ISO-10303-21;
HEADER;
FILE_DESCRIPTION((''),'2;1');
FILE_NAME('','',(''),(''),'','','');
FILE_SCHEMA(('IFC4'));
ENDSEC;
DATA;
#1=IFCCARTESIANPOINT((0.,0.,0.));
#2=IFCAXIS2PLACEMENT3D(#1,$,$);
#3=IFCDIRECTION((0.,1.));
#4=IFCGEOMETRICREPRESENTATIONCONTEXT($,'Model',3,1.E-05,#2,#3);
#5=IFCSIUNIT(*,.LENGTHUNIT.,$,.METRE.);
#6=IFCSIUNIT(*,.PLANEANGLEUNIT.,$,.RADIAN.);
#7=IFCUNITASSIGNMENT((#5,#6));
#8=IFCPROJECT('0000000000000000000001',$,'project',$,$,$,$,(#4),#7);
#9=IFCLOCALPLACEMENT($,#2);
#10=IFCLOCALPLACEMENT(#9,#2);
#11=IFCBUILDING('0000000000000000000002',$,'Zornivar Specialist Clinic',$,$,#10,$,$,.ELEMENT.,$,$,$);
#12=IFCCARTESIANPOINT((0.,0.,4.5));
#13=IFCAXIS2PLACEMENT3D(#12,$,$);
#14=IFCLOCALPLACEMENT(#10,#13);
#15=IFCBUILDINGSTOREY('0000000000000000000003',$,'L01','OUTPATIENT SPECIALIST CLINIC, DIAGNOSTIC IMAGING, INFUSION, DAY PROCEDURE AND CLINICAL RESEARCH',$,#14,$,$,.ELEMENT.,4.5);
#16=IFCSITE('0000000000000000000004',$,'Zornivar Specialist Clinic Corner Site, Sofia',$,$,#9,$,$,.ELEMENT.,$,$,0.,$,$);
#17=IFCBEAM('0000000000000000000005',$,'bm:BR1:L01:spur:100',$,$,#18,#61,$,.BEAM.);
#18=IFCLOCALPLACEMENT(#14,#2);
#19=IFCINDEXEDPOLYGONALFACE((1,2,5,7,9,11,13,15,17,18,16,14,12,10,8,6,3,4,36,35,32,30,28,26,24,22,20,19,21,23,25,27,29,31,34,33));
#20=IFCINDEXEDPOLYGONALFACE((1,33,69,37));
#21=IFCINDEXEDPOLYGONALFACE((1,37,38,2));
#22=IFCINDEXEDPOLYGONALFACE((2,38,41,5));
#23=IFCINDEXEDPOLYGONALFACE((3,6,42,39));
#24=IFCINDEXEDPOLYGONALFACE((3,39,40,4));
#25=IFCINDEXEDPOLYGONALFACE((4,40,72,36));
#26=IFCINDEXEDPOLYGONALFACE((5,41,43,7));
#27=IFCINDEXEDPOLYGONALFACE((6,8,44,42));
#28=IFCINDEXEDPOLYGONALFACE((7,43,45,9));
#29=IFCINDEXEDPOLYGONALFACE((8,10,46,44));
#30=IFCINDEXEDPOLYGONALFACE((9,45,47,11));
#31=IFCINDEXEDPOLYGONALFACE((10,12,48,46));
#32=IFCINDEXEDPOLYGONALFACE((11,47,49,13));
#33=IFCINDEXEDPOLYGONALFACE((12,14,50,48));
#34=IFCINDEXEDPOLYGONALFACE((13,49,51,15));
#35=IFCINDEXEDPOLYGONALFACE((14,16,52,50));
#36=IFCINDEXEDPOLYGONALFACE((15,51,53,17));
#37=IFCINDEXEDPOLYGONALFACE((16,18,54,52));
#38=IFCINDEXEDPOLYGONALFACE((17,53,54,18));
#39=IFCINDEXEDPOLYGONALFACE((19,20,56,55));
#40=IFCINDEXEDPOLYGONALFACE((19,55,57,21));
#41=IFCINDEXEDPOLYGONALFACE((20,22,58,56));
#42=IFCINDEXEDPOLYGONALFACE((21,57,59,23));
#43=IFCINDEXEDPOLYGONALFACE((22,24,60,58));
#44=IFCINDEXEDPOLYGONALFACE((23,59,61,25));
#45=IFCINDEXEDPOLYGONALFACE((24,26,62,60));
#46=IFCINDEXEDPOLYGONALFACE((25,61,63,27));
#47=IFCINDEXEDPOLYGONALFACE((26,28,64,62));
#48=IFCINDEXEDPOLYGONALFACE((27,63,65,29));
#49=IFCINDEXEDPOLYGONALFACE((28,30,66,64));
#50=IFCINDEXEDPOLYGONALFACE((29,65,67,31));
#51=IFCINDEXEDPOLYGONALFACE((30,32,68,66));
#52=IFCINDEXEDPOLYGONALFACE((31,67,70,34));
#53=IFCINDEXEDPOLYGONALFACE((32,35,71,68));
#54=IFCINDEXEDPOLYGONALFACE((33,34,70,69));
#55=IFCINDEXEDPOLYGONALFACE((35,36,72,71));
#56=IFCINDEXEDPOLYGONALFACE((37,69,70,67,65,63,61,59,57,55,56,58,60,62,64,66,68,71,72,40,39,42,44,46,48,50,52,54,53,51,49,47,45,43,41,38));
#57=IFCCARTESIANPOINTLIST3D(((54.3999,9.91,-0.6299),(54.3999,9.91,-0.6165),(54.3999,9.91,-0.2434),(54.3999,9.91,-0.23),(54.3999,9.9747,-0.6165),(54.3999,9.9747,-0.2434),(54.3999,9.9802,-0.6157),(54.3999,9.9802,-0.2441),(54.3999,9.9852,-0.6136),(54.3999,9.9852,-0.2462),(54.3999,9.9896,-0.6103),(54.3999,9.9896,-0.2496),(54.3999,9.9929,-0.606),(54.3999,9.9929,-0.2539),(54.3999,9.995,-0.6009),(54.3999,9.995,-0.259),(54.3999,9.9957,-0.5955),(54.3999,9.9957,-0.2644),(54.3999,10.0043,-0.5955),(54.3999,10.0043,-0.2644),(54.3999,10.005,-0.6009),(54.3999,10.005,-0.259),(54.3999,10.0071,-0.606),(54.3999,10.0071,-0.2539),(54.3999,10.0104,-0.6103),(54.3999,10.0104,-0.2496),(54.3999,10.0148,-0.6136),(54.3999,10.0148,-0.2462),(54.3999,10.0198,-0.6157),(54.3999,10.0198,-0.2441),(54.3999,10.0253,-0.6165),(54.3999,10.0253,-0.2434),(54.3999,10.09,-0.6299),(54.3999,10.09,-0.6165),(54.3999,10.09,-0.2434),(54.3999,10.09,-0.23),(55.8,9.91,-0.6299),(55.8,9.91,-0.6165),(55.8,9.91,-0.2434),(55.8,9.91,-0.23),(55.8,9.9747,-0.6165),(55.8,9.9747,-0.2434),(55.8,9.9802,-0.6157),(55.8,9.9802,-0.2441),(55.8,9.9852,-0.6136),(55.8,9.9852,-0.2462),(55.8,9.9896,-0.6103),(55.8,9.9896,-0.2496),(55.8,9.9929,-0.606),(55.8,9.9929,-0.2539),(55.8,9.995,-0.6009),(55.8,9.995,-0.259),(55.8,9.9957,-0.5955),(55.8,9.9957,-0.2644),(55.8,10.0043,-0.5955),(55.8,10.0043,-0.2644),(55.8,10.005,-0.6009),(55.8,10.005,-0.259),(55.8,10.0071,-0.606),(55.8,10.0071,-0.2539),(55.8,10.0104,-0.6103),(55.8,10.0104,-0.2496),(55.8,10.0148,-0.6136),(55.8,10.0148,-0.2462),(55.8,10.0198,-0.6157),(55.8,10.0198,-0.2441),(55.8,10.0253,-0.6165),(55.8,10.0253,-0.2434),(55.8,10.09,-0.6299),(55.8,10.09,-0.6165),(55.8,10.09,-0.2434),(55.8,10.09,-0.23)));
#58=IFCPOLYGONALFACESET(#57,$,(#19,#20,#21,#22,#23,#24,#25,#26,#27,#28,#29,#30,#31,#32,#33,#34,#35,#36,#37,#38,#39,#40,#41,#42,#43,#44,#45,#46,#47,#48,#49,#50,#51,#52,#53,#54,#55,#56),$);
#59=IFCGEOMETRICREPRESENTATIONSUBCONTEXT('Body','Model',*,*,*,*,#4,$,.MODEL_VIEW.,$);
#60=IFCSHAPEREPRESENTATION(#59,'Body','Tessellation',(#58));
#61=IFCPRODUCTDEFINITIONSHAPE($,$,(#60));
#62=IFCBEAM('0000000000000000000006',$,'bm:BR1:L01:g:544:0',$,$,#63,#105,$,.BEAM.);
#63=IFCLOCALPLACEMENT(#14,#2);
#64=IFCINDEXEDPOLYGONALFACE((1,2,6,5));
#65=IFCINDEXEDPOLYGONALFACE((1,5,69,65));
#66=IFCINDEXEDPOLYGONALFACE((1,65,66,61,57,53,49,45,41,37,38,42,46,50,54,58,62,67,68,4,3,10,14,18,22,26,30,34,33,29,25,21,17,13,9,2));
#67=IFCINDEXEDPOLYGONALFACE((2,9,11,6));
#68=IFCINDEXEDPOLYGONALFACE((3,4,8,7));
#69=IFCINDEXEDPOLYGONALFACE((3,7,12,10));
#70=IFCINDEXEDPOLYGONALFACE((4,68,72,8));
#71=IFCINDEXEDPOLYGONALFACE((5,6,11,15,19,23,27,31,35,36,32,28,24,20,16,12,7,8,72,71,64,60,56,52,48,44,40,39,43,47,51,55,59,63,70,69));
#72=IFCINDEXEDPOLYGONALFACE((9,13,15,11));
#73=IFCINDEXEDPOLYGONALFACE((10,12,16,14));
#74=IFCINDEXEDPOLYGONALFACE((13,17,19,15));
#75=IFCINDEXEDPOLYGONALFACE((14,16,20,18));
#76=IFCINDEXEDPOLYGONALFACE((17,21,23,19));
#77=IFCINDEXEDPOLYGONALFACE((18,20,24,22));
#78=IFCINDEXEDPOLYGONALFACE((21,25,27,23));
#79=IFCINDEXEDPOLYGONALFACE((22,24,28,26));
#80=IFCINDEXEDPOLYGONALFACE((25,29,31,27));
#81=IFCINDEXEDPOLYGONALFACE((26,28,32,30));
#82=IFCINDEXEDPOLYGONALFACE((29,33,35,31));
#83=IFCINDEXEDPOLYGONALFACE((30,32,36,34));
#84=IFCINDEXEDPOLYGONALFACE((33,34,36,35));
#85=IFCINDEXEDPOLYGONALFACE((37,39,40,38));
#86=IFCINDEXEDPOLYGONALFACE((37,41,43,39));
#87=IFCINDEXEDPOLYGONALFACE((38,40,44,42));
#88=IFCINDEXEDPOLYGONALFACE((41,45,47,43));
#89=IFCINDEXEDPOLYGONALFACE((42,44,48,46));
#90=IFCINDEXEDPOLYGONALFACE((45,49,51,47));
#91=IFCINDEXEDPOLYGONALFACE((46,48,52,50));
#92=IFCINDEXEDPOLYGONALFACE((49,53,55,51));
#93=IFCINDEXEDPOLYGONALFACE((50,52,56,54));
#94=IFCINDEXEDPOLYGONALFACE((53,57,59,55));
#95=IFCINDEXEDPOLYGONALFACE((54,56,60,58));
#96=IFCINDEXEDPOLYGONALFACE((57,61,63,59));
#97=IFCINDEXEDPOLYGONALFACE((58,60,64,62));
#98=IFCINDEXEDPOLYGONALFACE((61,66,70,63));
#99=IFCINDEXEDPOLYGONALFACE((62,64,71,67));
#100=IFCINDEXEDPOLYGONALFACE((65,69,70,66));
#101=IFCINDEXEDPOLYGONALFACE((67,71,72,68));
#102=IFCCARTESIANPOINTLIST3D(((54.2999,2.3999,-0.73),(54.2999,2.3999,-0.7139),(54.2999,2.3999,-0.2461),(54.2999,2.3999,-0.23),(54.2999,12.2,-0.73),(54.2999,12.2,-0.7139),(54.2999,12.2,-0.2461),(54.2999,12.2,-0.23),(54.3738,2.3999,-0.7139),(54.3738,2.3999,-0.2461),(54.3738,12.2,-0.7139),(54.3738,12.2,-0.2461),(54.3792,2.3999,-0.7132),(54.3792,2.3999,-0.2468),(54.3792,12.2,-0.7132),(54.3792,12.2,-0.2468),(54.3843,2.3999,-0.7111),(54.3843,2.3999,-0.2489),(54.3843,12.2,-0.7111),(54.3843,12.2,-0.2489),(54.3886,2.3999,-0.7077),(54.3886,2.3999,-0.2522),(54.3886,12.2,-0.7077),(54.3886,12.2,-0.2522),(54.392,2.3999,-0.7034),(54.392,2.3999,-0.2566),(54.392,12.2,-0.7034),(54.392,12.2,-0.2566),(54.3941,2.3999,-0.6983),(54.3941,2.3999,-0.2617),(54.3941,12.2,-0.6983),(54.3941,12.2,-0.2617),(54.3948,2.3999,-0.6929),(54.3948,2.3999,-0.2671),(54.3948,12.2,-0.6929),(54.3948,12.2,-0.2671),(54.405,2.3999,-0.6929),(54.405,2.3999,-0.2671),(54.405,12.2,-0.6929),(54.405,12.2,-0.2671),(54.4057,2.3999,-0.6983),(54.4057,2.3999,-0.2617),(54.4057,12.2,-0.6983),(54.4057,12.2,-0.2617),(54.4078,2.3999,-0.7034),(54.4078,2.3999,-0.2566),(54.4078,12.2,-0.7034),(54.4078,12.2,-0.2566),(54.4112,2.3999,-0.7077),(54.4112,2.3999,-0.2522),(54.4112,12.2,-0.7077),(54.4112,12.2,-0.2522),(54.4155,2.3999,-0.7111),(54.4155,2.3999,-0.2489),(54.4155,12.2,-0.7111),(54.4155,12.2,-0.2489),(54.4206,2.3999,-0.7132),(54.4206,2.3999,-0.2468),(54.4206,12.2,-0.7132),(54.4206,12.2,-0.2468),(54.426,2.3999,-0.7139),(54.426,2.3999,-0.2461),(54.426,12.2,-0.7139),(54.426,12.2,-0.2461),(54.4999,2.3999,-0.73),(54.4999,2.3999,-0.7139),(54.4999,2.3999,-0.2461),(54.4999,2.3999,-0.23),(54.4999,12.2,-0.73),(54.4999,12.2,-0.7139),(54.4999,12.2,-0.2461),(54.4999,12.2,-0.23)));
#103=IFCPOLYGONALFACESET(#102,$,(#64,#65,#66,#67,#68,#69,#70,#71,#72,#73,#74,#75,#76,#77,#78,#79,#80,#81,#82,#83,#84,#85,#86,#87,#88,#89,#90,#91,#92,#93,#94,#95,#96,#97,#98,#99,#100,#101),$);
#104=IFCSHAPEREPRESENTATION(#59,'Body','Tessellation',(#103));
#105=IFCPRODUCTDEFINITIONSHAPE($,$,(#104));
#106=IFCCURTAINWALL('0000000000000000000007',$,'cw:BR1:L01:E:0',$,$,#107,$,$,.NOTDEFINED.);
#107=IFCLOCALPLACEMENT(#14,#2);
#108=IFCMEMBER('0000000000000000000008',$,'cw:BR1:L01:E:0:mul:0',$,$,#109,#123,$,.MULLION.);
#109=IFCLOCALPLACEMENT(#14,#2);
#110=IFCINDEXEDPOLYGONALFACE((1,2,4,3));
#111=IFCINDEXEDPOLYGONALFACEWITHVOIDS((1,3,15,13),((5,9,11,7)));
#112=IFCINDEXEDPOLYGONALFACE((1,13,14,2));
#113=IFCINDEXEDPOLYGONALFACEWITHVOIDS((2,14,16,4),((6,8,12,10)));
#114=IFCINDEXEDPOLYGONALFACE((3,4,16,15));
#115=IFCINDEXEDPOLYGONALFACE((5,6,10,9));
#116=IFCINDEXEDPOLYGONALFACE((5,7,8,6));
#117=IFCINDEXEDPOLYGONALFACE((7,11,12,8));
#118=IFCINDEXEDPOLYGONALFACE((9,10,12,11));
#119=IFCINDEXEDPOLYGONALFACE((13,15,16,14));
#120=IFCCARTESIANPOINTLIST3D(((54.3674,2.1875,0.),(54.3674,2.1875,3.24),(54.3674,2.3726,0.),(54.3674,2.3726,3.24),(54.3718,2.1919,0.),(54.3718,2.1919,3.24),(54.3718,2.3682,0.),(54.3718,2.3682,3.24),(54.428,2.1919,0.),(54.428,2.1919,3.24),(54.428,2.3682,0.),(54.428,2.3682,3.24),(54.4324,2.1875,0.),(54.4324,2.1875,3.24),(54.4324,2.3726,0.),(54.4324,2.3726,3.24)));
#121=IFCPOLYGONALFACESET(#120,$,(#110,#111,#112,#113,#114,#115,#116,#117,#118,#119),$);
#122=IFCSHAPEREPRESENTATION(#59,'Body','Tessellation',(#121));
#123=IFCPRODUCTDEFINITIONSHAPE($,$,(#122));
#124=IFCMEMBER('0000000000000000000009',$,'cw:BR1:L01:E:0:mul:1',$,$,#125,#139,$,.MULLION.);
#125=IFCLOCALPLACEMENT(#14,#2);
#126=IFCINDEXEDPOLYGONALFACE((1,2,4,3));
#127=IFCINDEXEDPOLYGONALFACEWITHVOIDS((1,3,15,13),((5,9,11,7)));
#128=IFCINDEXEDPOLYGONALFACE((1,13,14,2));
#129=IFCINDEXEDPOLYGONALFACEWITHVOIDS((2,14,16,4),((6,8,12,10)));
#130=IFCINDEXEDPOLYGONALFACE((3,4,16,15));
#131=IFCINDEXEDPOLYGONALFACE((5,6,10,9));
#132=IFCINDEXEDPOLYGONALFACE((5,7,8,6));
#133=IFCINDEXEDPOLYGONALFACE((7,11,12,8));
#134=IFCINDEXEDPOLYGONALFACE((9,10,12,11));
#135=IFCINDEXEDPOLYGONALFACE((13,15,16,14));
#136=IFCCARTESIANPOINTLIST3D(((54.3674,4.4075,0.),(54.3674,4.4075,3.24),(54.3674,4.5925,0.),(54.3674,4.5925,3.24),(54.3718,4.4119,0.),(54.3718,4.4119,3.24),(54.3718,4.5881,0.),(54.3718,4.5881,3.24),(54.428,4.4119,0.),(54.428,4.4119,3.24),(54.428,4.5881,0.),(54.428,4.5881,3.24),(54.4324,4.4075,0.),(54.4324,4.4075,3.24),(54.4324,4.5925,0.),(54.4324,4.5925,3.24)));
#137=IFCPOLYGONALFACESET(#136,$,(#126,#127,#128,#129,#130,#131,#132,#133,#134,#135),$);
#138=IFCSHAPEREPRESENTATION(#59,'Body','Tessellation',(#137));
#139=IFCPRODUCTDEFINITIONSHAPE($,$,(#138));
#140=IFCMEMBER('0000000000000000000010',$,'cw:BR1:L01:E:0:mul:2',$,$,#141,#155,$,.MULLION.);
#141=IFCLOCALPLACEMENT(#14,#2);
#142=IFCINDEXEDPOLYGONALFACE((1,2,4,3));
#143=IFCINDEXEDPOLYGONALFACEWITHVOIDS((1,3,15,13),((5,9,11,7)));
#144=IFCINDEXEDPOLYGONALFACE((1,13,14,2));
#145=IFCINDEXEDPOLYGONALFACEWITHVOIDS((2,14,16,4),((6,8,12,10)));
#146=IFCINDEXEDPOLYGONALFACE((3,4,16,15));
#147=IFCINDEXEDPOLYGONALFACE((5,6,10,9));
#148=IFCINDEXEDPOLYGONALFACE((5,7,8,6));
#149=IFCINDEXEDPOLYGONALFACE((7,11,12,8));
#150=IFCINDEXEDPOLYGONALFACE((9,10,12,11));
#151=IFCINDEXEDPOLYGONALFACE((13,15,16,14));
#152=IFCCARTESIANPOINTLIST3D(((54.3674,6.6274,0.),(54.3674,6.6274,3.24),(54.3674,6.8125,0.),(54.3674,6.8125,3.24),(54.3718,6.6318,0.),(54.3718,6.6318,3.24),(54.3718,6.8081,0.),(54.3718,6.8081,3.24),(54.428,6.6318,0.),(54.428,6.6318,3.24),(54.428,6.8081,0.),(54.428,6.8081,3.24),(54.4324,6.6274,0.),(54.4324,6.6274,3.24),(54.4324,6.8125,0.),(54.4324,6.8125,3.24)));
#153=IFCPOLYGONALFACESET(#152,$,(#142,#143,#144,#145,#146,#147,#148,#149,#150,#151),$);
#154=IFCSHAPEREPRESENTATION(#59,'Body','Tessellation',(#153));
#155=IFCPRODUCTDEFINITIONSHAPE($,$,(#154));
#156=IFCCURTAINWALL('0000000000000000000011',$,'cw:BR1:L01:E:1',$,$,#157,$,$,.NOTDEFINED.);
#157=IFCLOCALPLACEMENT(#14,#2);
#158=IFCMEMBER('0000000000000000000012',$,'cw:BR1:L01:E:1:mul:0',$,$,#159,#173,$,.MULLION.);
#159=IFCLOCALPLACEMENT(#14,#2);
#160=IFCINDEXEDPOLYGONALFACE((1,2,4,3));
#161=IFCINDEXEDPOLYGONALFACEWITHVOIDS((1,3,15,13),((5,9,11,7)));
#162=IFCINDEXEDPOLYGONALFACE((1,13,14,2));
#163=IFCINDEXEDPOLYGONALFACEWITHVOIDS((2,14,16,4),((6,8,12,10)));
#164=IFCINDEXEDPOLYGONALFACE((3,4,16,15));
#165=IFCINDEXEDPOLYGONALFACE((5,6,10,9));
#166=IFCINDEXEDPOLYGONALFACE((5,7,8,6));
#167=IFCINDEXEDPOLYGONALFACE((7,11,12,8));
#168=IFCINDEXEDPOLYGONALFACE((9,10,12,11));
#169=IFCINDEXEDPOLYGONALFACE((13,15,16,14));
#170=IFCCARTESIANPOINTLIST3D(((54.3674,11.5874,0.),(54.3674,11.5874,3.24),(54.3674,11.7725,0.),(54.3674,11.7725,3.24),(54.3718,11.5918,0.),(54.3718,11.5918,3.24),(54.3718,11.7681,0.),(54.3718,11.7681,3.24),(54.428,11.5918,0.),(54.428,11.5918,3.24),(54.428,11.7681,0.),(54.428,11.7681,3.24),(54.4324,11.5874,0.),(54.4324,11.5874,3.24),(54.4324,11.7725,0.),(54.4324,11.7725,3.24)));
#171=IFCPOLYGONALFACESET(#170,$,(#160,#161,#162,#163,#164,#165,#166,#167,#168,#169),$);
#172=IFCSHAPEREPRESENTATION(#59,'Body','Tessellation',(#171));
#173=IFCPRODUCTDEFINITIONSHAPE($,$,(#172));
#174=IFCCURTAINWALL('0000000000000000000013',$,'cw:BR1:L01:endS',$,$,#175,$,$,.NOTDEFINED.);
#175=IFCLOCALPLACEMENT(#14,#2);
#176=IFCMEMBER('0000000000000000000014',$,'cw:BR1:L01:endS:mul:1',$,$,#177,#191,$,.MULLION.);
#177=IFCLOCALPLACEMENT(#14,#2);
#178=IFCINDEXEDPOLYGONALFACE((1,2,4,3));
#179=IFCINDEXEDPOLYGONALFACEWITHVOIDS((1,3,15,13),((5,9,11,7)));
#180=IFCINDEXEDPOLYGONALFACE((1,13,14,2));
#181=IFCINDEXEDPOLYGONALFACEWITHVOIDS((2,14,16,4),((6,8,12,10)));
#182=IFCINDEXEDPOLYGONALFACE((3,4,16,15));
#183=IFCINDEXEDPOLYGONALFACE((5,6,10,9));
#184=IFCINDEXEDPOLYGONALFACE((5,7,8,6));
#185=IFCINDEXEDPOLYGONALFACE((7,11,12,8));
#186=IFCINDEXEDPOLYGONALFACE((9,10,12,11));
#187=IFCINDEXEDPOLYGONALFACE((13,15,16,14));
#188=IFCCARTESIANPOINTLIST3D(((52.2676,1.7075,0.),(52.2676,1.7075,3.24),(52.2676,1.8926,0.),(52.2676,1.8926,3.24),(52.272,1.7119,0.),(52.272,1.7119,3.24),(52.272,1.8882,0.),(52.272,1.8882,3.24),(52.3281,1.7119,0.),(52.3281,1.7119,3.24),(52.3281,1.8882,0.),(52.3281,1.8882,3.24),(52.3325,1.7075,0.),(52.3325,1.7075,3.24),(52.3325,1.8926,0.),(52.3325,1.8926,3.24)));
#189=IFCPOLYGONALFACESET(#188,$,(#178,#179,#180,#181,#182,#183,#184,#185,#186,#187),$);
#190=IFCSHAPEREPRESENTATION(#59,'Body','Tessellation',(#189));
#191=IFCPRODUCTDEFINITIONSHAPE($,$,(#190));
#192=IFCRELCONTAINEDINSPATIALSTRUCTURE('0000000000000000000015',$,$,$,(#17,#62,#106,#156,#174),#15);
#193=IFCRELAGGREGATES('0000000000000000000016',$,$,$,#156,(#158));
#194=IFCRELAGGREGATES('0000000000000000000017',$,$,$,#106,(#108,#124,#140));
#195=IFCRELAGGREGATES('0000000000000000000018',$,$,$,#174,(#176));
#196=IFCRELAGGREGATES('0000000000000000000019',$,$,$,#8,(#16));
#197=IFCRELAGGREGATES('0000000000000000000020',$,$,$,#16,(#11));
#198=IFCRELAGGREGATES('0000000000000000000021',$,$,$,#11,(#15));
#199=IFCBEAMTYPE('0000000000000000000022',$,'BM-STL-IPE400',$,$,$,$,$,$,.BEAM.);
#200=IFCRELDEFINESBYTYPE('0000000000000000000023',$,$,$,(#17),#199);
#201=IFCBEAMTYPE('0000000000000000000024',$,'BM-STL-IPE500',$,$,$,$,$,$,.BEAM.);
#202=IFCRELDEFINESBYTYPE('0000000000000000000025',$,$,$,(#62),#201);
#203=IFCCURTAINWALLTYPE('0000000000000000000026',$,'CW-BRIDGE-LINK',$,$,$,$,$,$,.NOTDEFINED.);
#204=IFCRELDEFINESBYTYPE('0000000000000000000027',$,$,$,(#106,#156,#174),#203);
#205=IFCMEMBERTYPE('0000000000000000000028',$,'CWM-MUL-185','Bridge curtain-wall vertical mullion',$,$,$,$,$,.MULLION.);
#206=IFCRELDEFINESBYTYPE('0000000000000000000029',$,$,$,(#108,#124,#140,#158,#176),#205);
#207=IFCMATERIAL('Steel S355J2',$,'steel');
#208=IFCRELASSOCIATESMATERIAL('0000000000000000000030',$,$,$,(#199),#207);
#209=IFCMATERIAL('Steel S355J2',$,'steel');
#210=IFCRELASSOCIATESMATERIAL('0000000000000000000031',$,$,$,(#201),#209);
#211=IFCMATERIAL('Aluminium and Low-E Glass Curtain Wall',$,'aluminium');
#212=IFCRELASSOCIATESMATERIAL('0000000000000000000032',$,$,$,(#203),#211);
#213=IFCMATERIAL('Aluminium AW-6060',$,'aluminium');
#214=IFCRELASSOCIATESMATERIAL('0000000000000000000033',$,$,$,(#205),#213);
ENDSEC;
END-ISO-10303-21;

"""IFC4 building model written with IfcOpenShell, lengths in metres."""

from ifc_helpers import new_model, si_unit, direction, frame, origin, origin_2d, place, context, subcontext, project, spatial, hollow_rectangle, i_section, extrude, material, material_profile, profile_set, type_object, element, aggregate, save


model = new_model("IFC4")

# Units and contexts
model_context = context("Model", 3, precision=1e-05, world=origin(), true_north=direction((0.0, 1.0)))
body_context = subcontext(model_context, "Body", "Model", "MODEL_VIEW")
ifc_project = project(units=[si_unit("LENGTHUNIT", "METRE"), si_unit("PLANEANGLEUNIT", "RADIAN")], contexts=[model_context])

# Site, building, storey
site_placement = place(None, origin())
site = spatial("IfcSite", under=ifc_project, at=site_placement, Name="Zornivar Specialist Clinic Corner Site, Sofia", CompositionType="ELEMENT", RefElevation=0.0)
building_placement = place(site_placement, origin())
building = spatial("IfcBuilding", under=site, at=building_placement, Name="Zornivar Specialist Clinic", CompositionType="ELEMENT")
storey_placement = place(building_placement, frame((0.0, 0.0, 4.5)))
storey = spatial("IfcBuildingStorey", under=building, at=storey_placement, Name="L01", Description="OUTPATIENT SPECIALIST CLINIC, DIAGNOSTIC IMAGING, INFUSION, DAY PROCEDURE AND CLINICAL RESEARCH", CompositionType="ELEMENT", Elevation=4.5)

# Beams
ifc_material_1 = material(Name="Steel S355J2", Category="steel")
ifc_material_profile_1 = material_profile(ifc_material_1, i_section(OverallWidth=0.1799, OverallDepth=0.3999, WebThickness=0.0085, FlangeThickness=0.0134, FilletRadius=0.021, at=origin_2d()), Name="IPE 400")
ifc_profile_set_1 = profile_set([ifc_material_profile_1], Name="Steel S355J2")
beam_type_1 = type_object("IfcBeamType", Name="BM-STL-IPE400", PredefinedType="BEAM", material=ifc_profile_set_1)
for number, where, z_axis, x_axis, name in (
    (1, (54.3999, 10.0, -0.4299), (1.0, 0.0, 0.0), (0.0, 1.0, 0.0), "bm:BR1:L01:spur:100"),
):
    element("IfcBeam", number, at=place(storey_placement, frame(where, z_axis=z_axis, x_axis=x_axis)), inside=storey, type_object=beam_type_1, Name=name, PredefinedType="BEAM", context=body_context, shape_type="SweptSolid", body=[
        extrude(i_section(OverallWidth=0.1799, OverallDepth=0.3999, WebThickness=0.0085, FlangeThickness=0.0134, FilletRadius=0.021, at=origin_2d()), origin(), (0.0, 0.0, 1.0), 1.4001),
    ])
ifc_material_2 = material(Name="Steel S355J2", Category="steel")
ifc_material_profile_2 = material_profile(ifc_material_2, i_section(OverallWidth=0.2, OverallDepth=0.5, WebThickness=0.0103, FlangeThickness=0.0161, FilletRadius=0.021, at=origin_2d()), Name="IPE 500")
ifc_profile_set_2 = profile_set([ifc_material_profile_2], Name="Steel S355J2")
beam_type_2 = type_object("IfcBeamType", Name="BM-STL-IPE500", PredefinedType="BEAM", material=ifc_profile_set_2)
beam_1_placement = place(storey_placement, frame((54.3999, 2.3999, -0.48), z_axis=(0.0, 1.0, 0.0), x_axis=(-1.0, 0.0, 0.0)))
element("IfcBeam", 2, at=beam_1_placement, inside=storey, type_object=beam_type_2, Name="bm:BR1:L01:g:544:0", PredefinedType="BEAM", context=body_context, shape_type="SweptSolid", body=[
    extrude(i_section(OverallWidth=0.2, OverallDepth=0.5, WebThickness=0.0103, FlangeThickness=0.0161, FilletRadius=0.021, at=origin_2d()), origin(), (0.0, 0.0, 1.0), 9.8),
])

# Curtain wall, members
ifc_material_3 = material(Name="Aluminium and Low-E Glass Curtain Wall", Category="aluminium")
curtain_wall_type = type_object("IfcCurtainWallType", Name="CW-BRIDGE-LINK", PredefinedType="NOTDEFINED", material=ifc_material_3)
curtain_wall_1_placement = place(storey_placement, origin())
curtain_wall_1 = element("IfcCurtainWall", 3, at=curtain_wall_1_placement, inside=storey, type_object=curtain_wall_type, Name="cw:BR1:L01:E:0", PredefinedType="NOTDEFINED")
ifc_material_4 = material(Name="Aluminium AW-6060", Category="aluminium")
ifc_material_profile_3 = material_profile(ifc_material_4, hollow_rectangle(XDim=0.0649, YDim=0.1851, WallThickness=0.0044, at=origin_2d()), Name="ALU 65x185x4.5")
ifc_profile_set_3 = profile_set([ifc_material_profile_3], Name="Aluminium AW-6060")
member_type_1 = type_object("IfcMemberType", Name="CWM-MUL-185", Description="Bridge curtain-wall vertical mullion", PredefinedType="MULLION", material=ifc_profile_set_3)
member_1_placement = place(storey_placement, frame((54.3999, 2.28, 0.0), z_axis=(0.0, 0.0, 1.0), x_axis=(1.0, 0.0, 0.0)))
member_1 = element("IfcMember", 4, at=member_1_placement, type_object=member_type_1, Name="cw:BR1:L01:E:0:mul:0", PredefinedType="MULLION", context=body_context, shape_type="SweptSolid", body=[
    extrude(hollow_rectangle(XDim=0.0649, YDim=0.1851, WallThickness=0.0044, at=origin_2d()), origin(), (0.0, 0.0, 1.0), 3.24),
])
member_2_placement = place(storey_placement, frame((54.3999, 4.5, 0.0), z_axis=(0.0, 0.0, 1.0), x_axis=(1.0, 0.0, 0.0)))
member_2 = element("IfcMember", 5, at=member_2_placement, type_object=member_type_1, Name="cw:BR1:L01:E:0:mul:1", PredefinedType="MULLION", context=body_context, shape_type="SweptSolid", body=[
    extrude(hollow_rectangle(XDim=0.0649, YDim=0.1851, WallThickness=0.0044, at=origin_2d()), origin(), (0.0, 0.0, 1.0), 3.24),
])
member_3_placement = place(storey_placement, frame((54.3999, 6.72, 0.0), z_axis=(0.0, 0.0, 1.0), x_axis=(1.0, 0.0, 0.0)))
member_3 = element("IfcMember", 6, at=member_3_placement, type_object=member_type_1, Name="cw:BR1:L01:E:0:mul:2", PredefinedType="MULLION", context=body_context, shape_type="SweptSolid", body=[
    extrude(hollow_rectangle(XDim=0.0649, YDim=0.1851, WallThickness=0.0044, at=origin_2d()), origin(), (0.0, 0.0, 1.0), 3.24),
])

# Curtain wall, member
curtain_wall_2_placement = place(storey_placement, origin())
curtain_wall_2 = element("IfcCurtainWall", 7, at=curtain_wall_2_placement, inside=storey, type_object=curtain_wall_type, Name="cw:BR1:L01:E:1", PredefinedType="NOTDEFINED")
member_4_placement = place(storey_placement, frame((54.3999, 11.6799, 0.0), z_axis=(0.0, 0.0, 1.0), x_axis=(1.0, 0.0, 0.0)))
member_4 = element("IfcMember", 8, at=member_4_placement, type_object=member_type_1, Name="cw:BR1:L01:E:1:mul:0", PredefinedType="MULLION", context=body_context, shape_type="SweptSolid", body=[
    extrude(hollow_rectangle(XDim=0.0649, YDim=0.1851, WallThickness=0.0044, at=origin_2d()), origin(), (0.0, 0.0, 1.0), 3.24),
])

# Curtain wall, member
curtain_wall_3_placement = place(storey_placement, origin())
curtain_wall_3 = element("IfcCurtainWall", 9, at=curtain_wall_3_placement, inside=storey, type_object=curtain_wall_type, Name="cw:BR1:L01:endS", PredefinedType="NOTDEFINED")
member_5_placement = place(storey_placement, frame((52.3, 1.8, 0.0), z_axis=(0.0, 0.0, 1.0), x_axis=(1.0, 0.0, 0.0)))
member_5 = element("IfcMember", 10, at=member_5_placement, type_object=member_type_1, Name="cw:BR1:L01:endS:mul:1", PredefinedType="MULLION", context=body_context, shape_type="SweptSolid", body=[
    extrude(hollow_rectangle(XDim=0.0649, YDim=0.1851, WallThickness=0.0044, at=origin_2d()), origin(), (0.0, 0.0, 1.0), 3.24),
])

aggregate(curtain_wall_2, [member_4])

aggregate(curtain_wall_1, [member_1, member_2, member_3])
aggregate(curtain_wall_3, [member_5])

save(model, "model.ifc")
